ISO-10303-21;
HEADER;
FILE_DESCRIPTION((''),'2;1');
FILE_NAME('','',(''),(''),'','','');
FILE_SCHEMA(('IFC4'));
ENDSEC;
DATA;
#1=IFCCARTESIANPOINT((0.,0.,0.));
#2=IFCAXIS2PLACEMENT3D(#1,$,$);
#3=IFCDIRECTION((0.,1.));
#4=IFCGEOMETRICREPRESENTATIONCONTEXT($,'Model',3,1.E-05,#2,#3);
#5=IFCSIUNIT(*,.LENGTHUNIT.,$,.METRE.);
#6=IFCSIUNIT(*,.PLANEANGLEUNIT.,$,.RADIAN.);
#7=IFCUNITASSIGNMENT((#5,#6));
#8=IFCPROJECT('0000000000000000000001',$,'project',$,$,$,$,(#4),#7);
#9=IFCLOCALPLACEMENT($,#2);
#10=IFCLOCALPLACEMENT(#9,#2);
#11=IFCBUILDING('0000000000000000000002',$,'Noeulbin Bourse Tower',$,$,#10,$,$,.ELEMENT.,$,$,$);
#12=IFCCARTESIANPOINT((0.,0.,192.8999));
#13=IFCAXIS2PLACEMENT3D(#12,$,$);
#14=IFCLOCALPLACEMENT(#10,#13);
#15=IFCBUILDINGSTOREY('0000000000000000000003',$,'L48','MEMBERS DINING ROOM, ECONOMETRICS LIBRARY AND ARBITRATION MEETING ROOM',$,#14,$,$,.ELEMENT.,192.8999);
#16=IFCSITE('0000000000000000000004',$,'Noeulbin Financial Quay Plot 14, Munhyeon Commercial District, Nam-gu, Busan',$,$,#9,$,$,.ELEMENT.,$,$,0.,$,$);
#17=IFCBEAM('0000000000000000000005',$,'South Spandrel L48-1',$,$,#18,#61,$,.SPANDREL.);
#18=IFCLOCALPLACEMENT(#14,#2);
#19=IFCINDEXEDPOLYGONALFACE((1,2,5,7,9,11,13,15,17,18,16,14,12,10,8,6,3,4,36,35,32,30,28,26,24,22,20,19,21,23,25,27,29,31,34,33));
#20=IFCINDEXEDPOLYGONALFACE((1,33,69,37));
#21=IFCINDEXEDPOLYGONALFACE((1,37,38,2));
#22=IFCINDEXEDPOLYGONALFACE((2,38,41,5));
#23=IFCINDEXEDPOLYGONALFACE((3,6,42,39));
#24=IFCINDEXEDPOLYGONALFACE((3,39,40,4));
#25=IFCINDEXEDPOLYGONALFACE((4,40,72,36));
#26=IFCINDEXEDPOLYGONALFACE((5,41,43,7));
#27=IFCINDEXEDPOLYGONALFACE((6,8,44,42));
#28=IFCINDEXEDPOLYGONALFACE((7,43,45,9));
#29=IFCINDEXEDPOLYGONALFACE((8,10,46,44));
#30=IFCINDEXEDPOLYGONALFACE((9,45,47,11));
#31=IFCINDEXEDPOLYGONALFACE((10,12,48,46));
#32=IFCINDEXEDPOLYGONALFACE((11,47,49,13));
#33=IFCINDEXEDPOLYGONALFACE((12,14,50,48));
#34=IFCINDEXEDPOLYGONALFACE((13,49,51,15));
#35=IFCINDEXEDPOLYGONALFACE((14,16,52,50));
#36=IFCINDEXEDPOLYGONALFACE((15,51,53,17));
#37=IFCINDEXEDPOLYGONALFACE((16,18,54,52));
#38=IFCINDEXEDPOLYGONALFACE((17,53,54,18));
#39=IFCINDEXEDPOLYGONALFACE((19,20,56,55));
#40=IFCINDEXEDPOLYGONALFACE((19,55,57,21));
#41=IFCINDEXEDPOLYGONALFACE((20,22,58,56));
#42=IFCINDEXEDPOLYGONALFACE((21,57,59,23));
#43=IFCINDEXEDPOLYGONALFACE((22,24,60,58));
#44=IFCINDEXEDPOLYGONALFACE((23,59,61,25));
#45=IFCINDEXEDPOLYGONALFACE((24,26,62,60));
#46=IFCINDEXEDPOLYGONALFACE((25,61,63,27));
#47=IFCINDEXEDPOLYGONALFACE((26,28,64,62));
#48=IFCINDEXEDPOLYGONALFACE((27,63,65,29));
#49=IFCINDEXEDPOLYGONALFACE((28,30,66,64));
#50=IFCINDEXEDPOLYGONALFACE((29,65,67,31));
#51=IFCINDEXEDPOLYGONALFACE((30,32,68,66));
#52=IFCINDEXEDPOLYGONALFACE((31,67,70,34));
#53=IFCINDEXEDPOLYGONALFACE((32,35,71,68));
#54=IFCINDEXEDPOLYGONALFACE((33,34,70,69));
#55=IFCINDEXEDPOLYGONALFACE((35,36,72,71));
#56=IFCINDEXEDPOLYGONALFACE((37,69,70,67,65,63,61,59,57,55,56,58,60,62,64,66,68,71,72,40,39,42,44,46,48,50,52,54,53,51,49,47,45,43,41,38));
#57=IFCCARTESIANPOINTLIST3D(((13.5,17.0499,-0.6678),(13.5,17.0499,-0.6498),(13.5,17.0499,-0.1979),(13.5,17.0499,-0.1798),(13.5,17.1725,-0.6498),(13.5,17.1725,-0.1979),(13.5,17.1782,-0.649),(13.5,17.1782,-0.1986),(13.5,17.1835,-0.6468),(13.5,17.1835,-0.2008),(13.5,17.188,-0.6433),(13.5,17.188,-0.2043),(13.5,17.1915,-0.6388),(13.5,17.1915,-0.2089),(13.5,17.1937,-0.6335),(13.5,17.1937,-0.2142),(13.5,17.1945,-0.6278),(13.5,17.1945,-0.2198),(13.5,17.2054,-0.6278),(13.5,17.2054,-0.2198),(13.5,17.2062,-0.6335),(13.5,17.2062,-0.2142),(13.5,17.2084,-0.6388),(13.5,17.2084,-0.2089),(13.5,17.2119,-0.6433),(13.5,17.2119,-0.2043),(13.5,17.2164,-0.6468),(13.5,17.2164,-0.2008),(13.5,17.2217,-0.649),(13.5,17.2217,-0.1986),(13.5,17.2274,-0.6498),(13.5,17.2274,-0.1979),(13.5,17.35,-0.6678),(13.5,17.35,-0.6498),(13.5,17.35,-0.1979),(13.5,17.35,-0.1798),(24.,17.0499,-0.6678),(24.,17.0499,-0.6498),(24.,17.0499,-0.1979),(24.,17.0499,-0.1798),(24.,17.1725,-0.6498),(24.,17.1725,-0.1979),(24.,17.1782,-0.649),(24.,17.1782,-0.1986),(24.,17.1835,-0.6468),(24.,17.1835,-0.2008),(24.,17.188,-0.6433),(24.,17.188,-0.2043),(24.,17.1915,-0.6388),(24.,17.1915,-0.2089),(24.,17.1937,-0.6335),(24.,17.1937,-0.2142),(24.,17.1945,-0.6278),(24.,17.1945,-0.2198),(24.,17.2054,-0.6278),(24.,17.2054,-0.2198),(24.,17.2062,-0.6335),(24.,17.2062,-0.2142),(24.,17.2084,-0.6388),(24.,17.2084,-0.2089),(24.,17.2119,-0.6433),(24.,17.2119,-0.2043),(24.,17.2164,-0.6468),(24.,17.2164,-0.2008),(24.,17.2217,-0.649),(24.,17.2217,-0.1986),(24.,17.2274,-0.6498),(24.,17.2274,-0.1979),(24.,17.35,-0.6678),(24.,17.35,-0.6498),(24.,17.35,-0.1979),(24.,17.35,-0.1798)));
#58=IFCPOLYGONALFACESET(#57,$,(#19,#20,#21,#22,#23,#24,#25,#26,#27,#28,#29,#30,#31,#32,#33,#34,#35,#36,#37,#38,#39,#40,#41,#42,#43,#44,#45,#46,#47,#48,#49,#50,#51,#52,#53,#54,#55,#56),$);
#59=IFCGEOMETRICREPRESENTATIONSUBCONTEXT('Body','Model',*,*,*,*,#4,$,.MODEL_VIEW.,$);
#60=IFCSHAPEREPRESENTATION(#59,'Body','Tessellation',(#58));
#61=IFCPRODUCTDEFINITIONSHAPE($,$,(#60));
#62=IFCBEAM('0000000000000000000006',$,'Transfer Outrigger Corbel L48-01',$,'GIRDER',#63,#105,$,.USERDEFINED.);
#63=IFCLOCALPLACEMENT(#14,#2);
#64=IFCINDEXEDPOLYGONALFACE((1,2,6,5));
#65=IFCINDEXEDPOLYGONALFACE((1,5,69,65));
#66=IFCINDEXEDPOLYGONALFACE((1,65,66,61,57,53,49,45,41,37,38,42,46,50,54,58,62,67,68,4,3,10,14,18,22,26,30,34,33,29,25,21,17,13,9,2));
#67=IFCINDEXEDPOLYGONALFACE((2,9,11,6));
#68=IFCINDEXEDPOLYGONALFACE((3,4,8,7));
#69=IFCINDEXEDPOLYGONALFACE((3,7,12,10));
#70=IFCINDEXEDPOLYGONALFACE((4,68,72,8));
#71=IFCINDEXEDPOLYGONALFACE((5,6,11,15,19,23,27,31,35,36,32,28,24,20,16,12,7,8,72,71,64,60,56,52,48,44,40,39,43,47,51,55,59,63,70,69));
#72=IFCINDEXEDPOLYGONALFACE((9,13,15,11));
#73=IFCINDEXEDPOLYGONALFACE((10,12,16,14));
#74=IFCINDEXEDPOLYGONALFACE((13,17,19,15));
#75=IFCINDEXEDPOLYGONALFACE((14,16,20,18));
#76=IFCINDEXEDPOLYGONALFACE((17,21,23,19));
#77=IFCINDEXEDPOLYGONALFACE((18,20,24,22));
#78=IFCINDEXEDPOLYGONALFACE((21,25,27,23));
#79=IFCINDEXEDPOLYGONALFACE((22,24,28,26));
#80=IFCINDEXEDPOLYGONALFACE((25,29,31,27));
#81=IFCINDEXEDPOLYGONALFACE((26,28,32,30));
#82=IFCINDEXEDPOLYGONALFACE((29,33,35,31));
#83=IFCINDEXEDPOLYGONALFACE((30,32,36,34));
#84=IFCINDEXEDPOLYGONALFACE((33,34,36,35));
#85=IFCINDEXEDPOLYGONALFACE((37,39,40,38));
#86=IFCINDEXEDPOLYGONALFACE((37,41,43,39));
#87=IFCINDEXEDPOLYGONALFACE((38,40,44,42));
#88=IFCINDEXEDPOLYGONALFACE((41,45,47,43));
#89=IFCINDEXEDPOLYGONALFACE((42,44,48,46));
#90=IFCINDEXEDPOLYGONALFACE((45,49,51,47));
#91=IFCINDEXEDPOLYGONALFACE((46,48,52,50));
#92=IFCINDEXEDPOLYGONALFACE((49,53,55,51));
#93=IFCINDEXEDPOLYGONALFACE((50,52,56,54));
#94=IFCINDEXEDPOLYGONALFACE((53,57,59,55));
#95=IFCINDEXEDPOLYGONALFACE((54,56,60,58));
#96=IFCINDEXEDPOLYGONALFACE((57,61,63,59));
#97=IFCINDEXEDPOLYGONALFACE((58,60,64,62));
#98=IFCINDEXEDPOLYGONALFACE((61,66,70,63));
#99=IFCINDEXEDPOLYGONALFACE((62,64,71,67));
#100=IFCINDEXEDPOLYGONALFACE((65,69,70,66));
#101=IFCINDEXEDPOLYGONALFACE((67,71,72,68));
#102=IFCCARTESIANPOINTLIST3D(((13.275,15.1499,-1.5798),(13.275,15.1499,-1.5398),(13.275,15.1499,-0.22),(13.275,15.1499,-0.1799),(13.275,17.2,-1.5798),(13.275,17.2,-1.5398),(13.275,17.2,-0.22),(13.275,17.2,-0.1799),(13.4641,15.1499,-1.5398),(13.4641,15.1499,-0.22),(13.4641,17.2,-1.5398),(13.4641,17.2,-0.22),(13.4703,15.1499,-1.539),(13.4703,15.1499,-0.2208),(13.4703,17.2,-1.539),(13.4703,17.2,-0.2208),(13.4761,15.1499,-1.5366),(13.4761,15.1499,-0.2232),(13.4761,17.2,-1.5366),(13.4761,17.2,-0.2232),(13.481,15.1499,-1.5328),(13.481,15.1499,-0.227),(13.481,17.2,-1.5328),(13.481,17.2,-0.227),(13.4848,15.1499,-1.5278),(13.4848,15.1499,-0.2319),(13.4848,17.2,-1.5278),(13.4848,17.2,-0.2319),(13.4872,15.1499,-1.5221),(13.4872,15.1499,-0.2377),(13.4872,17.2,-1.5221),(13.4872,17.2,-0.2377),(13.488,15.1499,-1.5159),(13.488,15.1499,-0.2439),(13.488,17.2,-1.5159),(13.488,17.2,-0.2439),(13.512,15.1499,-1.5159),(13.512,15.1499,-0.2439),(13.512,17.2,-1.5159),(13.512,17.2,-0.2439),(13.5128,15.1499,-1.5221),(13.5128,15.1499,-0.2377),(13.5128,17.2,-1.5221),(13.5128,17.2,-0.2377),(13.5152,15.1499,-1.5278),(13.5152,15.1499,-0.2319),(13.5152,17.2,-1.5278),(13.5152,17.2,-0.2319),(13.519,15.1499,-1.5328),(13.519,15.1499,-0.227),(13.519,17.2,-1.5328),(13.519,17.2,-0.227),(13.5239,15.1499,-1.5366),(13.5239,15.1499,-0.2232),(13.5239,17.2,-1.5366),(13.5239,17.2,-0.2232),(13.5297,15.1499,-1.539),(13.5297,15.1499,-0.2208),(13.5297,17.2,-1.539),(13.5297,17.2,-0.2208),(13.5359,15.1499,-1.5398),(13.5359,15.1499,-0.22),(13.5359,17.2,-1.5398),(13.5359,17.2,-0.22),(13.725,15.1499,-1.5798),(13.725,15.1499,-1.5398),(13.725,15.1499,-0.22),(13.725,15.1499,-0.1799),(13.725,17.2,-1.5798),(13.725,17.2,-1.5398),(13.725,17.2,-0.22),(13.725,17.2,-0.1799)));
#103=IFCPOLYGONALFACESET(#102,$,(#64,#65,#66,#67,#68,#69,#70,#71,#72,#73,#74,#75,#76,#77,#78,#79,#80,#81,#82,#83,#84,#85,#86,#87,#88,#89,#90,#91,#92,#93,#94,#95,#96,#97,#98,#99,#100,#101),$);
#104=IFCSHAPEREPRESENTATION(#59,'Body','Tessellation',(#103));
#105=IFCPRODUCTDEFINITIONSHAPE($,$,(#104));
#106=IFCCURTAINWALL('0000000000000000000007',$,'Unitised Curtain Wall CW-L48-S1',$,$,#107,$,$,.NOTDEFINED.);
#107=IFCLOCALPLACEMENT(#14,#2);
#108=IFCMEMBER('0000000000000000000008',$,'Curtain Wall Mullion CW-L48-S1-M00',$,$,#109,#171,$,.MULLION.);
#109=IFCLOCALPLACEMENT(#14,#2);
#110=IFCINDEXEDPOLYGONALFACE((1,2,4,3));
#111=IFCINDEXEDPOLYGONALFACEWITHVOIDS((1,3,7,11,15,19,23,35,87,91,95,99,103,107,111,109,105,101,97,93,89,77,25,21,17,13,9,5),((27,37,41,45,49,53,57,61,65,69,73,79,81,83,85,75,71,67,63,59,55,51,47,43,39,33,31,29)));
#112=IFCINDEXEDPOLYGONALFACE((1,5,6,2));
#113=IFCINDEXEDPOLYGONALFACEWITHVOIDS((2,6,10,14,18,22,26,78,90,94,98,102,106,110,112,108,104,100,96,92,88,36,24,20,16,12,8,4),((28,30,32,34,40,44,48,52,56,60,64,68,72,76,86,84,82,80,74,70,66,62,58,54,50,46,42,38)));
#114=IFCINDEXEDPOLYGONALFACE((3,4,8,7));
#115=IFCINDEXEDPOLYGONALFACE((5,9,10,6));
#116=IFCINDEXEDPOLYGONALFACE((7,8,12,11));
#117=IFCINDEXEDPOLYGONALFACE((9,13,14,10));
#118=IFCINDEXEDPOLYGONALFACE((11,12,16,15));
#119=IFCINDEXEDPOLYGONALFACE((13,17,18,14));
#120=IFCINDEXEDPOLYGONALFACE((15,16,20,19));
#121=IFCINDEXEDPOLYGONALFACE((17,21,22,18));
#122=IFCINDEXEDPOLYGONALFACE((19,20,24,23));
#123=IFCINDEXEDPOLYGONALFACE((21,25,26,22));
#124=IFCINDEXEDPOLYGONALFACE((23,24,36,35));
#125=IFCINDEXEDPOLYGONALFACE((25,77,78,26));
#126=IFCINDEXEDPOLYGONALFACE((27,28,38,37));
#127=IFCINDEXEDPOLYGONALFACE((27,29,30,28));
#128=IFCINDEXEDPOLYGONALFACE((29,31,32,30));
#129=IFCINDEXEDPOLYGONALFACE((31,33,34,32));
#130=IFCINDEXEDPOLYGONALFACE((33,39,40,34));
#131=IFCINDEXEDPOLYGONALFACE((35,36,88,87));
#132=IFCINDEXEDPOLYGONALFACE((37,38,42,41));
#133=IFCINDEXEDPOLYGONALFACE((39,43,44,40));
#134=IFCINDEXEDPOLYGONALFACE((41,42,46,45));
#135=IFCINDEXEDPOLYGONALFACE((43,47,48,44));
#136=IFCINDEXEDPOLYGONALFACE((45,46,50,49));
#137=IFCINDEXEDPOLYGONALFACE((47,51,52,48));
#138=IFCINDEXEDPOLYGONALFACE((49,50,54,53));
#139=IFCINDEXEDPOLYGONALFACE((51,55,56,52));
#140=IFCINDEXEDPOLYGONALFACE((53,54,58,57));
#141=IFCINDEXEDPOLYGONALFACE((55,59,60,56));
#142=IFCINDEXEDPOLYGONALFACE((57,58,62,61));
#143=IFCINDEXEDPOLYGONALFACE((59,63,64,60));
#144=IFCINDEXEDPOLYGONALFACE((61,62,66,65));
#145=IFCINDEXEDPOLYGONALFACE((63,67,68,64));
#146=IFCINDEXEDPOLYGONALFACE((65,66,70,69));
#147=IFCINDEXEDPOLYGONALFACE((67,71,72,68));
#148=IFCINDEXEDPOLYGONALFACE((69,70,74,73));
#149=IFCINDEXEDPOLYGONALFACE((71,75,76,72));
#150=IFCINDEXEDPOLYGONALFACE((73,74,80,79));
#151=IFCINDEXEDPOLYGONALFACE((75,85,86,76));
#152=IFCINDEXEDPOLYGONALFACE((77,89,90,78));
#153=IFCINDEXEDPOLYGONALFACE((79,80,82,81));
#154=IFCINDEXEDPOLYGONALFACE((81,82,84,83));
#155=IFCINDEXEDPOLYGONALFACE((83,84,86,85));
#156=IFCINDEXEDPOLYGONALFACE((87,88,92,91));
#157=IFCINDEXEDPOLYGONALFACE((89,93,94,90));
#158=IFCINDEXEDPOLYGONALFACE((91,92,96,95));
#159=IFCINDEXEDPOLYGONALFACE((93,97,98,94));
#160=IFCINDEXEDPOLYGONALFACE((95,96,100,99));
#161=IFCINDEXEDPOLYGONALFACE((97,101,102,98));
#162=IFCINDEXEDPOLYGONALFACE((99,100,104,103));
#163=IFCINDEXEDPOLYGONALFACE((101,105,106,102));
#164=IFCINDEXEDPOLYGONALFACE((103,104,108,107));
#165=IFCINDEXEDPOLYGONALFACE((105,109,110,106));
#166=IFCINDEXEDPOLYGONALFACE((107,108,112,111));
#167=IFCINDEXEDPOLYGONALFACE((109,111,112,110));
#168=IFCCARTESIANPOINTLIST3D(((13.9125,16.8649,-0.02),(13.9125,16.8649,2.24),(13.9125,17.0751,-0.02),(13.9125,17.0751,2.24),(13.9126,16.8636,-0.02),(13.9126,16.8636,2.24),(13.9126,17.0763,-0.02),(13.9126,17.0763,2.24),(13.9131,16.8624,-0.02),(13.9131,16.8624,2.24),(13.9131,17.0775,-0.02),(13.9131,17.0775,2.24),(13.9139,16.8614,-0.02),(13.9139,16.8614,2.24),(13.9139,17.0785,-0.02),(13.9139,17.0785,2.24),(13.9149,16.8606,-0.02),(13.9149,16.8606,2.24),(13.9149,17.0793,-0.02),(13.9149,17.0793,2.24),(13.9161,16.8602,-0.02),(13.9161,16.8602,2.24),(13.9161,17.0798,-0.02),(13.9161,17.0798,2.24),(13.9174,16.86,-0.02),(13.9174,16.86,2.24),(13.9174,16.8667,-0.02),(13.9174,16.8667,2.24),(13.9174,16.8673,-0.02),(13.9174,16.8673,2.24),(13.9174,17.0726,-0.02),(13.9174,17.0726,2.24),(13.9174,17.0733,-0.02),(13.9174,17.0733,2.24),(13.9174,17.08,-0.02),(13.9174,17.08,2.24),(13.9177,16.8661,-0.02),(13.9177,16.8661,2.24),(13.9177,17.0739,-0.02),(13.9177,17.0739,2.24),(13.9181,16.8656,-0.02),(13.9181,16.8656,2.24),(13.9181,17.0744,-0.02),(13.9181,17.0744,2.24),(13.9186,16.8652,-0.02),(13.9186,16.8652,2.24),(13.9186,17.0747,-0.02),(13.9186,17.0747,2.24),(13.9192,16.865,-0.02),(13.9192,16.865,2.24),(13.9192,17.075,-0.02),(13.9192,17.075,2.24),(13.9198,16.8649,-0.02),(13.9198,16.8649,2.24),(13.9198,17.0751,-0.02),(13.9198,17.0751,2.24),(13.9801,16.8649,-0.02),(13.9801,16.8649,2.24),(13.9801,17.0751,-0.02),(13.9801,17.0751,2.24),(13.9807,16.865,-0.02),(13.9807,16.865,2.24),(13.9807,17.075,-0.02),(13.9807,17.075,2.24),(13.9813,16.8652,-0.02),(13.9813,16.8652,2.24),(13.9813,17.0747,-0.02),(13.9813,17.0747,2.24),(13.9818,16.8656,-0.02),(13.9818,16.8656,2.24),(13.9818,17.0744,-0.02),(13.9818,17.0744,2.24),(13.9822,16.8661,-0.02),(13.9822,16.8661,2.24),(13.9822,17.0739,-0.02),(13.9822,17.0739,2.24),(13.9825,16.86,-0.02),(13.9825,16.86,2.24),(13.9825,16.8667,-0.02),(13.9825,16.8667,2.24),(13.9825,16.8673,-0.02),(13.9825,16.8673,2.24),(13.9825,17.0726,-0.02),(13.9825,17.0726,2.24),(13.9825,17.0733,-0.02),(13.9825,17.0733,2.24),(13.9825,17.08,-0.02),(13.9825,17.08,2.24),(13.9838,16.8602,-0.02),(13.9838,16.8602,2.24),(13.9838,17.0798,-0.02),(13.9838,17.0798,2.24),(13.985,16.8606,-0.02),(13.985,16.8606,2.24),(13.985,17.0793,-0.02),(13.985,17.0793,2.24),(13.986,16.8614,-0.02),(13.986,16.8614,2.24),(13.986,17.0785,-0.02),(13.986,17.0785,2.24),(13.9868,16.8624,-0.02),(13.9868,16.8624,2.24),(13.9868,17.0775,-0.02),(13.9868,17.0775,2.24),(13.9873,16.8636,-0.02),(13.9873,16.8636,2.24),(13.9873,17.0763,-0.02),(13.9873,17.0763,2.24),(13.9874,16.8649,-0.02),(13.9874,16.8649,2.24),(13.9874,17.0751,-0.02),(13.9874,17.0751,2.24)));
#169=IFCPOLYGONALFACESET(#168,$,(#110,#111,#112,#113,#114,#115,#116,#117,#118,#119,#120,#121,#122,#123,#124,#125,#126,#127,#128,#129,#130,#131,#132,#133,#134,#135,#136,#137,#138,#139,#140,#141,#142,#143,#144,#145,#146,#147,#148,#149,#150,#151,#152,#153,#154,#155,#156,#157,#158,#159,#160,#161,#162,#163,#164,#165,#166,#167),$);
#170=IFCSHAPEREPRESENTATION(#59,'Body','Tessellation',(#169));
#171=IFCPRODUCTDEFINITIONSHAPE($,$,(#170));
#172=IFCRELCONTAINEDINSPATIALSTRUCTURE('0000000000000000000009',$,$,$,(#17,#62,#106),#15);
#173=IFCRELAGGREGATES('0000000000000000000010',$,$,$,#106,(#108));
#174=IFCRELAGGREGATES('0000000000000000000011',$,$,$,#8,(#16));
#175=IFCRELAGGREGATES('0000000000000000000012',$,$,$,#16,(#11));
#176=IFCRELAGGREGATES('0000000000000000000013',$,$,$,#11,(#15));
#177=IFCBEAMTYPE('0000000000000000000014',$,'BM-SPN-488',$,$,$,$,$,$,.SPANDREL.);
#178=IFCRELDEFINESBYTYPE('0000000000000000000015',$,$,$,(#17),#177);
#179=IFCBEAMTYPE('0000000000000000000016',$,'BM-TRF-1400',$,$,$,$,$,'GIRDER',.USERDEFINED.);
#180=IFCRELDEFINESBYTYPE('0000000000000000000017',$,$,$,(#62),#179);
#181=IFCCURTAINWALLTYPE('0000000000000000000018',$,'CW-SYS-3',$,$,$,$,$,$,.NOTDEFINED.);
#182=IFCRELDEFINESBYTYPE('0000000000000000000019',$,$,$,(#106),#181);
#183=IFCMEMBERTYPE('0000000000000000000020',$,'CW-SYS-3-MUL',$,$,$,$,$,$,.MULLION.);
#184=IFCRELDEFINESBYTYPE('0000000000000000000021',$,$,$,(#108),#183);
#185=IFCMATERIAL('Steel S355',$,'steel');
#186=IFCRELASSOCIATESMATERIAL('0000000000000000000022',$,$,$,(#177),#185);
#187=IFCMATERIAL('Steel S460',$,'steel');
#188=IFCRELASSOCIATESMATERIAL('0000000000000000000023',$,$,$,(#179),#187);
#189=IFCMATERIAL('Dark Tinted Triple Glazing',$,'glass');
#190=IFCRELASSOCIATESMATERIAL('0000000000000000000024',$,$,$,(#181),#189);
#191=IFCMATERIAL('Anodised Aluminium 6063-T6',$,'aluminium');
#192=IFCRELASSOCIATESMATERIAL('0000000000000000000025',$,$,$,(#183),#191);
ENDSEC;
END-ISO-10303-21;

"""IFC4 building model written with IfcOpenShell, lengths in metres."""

from ifc_helpers import new_model, si_unit, direction, frame, origin, origin_2d, place, context, subcontext, project, spatial, hollow_rectangle, i_section, extrude, material, material_profile, profile_set, type_object, element, aggregate, save


model = new_model("IFC4")

# Units and contexts
model_context = context("Model", 3, precision=1e-05, world=origin(), true_north=direction((0.0, 1.0)))
body_context = subcontext(model_context, "Body", "Model", "MODEL_VIEW")
ifc_project = project(units=[si_unit("LENGTHUNIT", "METRE"), si_unit("PLANEANGLEUNIT", "RADIAN")], contexts=[model_context])

# Site, building, storey
site_placement = place(None, origin())
site = spatial("IfcSite", under=ifc_project, at=site_placement, Name="Noeulbin Financial Quay Plot 14, Munhyeon Commercial District, Nam-gu, Busan", CompositionType="ELEMENT", RefElevation=0.0)
building_placement = place(site_placement, origin())
building = spatial("IfcBuilding", under=site, at=building_placement, Name="Noeulbin Bourse Tower", CompositionType="ELEMENT")
storey_placement = place(building_placement, frame((0.0, 0.0, 192.8999)))
storey = spatial("IfcBuildingStorey", under=building, at=storey_placement, Name="L48", Description="MEMBERS DINING ROOM, ECONOMETRICS LIBRARY AND ARBITRATION MEETING ROOM", CompositionType="ELEMENT", Elevation=192.8999)

# Shared definitions
ifc_material_1 = material(Name="Steel S355", Category="steel")

# Beams
ifc_material_profile_1 = material_profile(ifc_material_1, i_section(OverallWidth=0.3, OverallDepth=0.488, WebThickness=0.011, FlangeThickness=0.0181, FilletRadius=0.022, at=origin_2d()), Name="H-488x300x11x18", Category="LoadBearing")
ifc_profile_set_1 = profile_set([ifc_material_profile_1], Name="Steel S355")
beam_type_1 = type_object("IfcBeamType", Name="BM-SPN-488", PredefinedType="SPANDREL", material=ifc_profile_set_1)
beam_1_placement = place(storey_placement, frame((13.5, 17.2, -0.4238), z_axis=(1.0, 0.0, 0.0), x_axis=(0.0, 1.0, 0.0)))
element("IfcBeam", 1, at=beam_1_placement, inside=storey, type_object=beam_type_1, Name="South Spandrel L48-1", PredefinedType="SPANDREL", context=body_context, shape_type="SweptSolid", body=[
    extrude(i_section(OverallWidth=0.3, OverallDepth=0.488, WebThickness=0.011, FlangeThickness=0.0181, FilletRadius=0.022, at=origin_2d()), origin(), (0.0, 0.0, 1.0), 10.5),
])
ifc_material_2 = material(Name="Steel S460", Category="steel")
ifc_material_profile_2 = material_profile(ifc_material_2, i_section(OverallWidth=0.45, OverallDepth=1.3999, WebThickness=0.0239, FlangeThickness=0.04, FilletRadius=0.0239, at=origin_2d()), Name="PG-1400x450x24x40", Category="LoadBearing")
ifc_profile_set_2 = profile_set([ifc_material_profile_2], Name="Steel S460")
beam_type_2 = type_object("IfcBeamType", Name="BM-TRF-1400", ElementType="GIRDER", PredefinedType="USERDEFINED", material=ifc_profile_set_2)
beam_2_placement = place(storey_placement, frame((13.5, 15.1499, -0.8799), z_axis=(0.0, 1.0, 0.0), x_axis=(-1.0, 0.0, 0.0)))
element("IfcBeam", 2, at=beam_2_placement, inside=storey, type_object=beam_type_2, Name="Transfer Outrigger Corbel L48-01", ObjectType="GIRDER", PredefinedType="USERDEFINED", context=body_context, shape_type="SweptSolid", body=[
    extrude(i_section(OverallWidth=0.45, OverallDepth=1.3999, WebThickness=0.0239, FlangeThickness=0.04, FilletRadius=0.0239, at=origin_2d()), origin(), (0.0, 0.0, 1.0), 2.05),
])

# Curtain wall, member
ifc_material_3 = material(Name="Dark Tinted Triple Glazing", Category="glass")
curtain_wall_type = type_object("IfcCurtainWallType", Name="CW-SYS-3", PredefinedType="NOTDEFINED", material=ifc_material_3)
curtain_wall_placement = place(storey_placement, origin())
curtain_wall = element("IfcCurtainWall", 3, at=curtain_wall_placement, inside=storey, type_object=curtain_wall_type, Name="Unitised Curtain Wall CW-L48-S1", PredefinedType="NOTDEFINED")
ifc_material_4 = material(Name="Anodised Aluminium 6063-T6", Category="aluminium")
ifc_material_profile_3 = material_profile(ifc_material_4, hollow_rectangle(XDim=0.075, YDim=0.22, WallThickness=0.0049, InnerFilletRadius=0.0024, OuterFilletRadius=0.0049, at=origin_2d()), Name="ALU-MULL-75x220x5", Category="LoadBearing")
ifc_profile_set_3 = profile_set([ifc_material_profile_3], Name="Anodised Aluminium 6063-T6")
member_type_1 = type_object("IfcMemberType", Name="CW-SYS-3-MUL", PredefinedType="MULLION", material=ifc_profile_set_3)
member_1_placement = place(storey_placement, frame((13.95, 16.97, -0.02), z_axis=(0.0, 0.0, 1.0), x_axis=(1.0, 0.0, 0.0)))
member_1 = element("IfcMember", 4, at=member_1_placement, type_object=member_type_1, Name="Curtain Wall Mullion CW-L48-S1-M00", PredefinedType="MULLION", context=body_context, shape_type="SweptSolid", body=[
    extrude(hollow_rectangle(XDim=0.075, YDim=0.22, WallThickness=0.0049, InnerFilletRadius=0.0024, OuterFilletRadius=0.0049, at=origin_2d()), origin(), (0.0, 0.0, 1.0), 2.26),
])
aggregate(curtain_wall, [member_1])

save(model, "model.ifc")
